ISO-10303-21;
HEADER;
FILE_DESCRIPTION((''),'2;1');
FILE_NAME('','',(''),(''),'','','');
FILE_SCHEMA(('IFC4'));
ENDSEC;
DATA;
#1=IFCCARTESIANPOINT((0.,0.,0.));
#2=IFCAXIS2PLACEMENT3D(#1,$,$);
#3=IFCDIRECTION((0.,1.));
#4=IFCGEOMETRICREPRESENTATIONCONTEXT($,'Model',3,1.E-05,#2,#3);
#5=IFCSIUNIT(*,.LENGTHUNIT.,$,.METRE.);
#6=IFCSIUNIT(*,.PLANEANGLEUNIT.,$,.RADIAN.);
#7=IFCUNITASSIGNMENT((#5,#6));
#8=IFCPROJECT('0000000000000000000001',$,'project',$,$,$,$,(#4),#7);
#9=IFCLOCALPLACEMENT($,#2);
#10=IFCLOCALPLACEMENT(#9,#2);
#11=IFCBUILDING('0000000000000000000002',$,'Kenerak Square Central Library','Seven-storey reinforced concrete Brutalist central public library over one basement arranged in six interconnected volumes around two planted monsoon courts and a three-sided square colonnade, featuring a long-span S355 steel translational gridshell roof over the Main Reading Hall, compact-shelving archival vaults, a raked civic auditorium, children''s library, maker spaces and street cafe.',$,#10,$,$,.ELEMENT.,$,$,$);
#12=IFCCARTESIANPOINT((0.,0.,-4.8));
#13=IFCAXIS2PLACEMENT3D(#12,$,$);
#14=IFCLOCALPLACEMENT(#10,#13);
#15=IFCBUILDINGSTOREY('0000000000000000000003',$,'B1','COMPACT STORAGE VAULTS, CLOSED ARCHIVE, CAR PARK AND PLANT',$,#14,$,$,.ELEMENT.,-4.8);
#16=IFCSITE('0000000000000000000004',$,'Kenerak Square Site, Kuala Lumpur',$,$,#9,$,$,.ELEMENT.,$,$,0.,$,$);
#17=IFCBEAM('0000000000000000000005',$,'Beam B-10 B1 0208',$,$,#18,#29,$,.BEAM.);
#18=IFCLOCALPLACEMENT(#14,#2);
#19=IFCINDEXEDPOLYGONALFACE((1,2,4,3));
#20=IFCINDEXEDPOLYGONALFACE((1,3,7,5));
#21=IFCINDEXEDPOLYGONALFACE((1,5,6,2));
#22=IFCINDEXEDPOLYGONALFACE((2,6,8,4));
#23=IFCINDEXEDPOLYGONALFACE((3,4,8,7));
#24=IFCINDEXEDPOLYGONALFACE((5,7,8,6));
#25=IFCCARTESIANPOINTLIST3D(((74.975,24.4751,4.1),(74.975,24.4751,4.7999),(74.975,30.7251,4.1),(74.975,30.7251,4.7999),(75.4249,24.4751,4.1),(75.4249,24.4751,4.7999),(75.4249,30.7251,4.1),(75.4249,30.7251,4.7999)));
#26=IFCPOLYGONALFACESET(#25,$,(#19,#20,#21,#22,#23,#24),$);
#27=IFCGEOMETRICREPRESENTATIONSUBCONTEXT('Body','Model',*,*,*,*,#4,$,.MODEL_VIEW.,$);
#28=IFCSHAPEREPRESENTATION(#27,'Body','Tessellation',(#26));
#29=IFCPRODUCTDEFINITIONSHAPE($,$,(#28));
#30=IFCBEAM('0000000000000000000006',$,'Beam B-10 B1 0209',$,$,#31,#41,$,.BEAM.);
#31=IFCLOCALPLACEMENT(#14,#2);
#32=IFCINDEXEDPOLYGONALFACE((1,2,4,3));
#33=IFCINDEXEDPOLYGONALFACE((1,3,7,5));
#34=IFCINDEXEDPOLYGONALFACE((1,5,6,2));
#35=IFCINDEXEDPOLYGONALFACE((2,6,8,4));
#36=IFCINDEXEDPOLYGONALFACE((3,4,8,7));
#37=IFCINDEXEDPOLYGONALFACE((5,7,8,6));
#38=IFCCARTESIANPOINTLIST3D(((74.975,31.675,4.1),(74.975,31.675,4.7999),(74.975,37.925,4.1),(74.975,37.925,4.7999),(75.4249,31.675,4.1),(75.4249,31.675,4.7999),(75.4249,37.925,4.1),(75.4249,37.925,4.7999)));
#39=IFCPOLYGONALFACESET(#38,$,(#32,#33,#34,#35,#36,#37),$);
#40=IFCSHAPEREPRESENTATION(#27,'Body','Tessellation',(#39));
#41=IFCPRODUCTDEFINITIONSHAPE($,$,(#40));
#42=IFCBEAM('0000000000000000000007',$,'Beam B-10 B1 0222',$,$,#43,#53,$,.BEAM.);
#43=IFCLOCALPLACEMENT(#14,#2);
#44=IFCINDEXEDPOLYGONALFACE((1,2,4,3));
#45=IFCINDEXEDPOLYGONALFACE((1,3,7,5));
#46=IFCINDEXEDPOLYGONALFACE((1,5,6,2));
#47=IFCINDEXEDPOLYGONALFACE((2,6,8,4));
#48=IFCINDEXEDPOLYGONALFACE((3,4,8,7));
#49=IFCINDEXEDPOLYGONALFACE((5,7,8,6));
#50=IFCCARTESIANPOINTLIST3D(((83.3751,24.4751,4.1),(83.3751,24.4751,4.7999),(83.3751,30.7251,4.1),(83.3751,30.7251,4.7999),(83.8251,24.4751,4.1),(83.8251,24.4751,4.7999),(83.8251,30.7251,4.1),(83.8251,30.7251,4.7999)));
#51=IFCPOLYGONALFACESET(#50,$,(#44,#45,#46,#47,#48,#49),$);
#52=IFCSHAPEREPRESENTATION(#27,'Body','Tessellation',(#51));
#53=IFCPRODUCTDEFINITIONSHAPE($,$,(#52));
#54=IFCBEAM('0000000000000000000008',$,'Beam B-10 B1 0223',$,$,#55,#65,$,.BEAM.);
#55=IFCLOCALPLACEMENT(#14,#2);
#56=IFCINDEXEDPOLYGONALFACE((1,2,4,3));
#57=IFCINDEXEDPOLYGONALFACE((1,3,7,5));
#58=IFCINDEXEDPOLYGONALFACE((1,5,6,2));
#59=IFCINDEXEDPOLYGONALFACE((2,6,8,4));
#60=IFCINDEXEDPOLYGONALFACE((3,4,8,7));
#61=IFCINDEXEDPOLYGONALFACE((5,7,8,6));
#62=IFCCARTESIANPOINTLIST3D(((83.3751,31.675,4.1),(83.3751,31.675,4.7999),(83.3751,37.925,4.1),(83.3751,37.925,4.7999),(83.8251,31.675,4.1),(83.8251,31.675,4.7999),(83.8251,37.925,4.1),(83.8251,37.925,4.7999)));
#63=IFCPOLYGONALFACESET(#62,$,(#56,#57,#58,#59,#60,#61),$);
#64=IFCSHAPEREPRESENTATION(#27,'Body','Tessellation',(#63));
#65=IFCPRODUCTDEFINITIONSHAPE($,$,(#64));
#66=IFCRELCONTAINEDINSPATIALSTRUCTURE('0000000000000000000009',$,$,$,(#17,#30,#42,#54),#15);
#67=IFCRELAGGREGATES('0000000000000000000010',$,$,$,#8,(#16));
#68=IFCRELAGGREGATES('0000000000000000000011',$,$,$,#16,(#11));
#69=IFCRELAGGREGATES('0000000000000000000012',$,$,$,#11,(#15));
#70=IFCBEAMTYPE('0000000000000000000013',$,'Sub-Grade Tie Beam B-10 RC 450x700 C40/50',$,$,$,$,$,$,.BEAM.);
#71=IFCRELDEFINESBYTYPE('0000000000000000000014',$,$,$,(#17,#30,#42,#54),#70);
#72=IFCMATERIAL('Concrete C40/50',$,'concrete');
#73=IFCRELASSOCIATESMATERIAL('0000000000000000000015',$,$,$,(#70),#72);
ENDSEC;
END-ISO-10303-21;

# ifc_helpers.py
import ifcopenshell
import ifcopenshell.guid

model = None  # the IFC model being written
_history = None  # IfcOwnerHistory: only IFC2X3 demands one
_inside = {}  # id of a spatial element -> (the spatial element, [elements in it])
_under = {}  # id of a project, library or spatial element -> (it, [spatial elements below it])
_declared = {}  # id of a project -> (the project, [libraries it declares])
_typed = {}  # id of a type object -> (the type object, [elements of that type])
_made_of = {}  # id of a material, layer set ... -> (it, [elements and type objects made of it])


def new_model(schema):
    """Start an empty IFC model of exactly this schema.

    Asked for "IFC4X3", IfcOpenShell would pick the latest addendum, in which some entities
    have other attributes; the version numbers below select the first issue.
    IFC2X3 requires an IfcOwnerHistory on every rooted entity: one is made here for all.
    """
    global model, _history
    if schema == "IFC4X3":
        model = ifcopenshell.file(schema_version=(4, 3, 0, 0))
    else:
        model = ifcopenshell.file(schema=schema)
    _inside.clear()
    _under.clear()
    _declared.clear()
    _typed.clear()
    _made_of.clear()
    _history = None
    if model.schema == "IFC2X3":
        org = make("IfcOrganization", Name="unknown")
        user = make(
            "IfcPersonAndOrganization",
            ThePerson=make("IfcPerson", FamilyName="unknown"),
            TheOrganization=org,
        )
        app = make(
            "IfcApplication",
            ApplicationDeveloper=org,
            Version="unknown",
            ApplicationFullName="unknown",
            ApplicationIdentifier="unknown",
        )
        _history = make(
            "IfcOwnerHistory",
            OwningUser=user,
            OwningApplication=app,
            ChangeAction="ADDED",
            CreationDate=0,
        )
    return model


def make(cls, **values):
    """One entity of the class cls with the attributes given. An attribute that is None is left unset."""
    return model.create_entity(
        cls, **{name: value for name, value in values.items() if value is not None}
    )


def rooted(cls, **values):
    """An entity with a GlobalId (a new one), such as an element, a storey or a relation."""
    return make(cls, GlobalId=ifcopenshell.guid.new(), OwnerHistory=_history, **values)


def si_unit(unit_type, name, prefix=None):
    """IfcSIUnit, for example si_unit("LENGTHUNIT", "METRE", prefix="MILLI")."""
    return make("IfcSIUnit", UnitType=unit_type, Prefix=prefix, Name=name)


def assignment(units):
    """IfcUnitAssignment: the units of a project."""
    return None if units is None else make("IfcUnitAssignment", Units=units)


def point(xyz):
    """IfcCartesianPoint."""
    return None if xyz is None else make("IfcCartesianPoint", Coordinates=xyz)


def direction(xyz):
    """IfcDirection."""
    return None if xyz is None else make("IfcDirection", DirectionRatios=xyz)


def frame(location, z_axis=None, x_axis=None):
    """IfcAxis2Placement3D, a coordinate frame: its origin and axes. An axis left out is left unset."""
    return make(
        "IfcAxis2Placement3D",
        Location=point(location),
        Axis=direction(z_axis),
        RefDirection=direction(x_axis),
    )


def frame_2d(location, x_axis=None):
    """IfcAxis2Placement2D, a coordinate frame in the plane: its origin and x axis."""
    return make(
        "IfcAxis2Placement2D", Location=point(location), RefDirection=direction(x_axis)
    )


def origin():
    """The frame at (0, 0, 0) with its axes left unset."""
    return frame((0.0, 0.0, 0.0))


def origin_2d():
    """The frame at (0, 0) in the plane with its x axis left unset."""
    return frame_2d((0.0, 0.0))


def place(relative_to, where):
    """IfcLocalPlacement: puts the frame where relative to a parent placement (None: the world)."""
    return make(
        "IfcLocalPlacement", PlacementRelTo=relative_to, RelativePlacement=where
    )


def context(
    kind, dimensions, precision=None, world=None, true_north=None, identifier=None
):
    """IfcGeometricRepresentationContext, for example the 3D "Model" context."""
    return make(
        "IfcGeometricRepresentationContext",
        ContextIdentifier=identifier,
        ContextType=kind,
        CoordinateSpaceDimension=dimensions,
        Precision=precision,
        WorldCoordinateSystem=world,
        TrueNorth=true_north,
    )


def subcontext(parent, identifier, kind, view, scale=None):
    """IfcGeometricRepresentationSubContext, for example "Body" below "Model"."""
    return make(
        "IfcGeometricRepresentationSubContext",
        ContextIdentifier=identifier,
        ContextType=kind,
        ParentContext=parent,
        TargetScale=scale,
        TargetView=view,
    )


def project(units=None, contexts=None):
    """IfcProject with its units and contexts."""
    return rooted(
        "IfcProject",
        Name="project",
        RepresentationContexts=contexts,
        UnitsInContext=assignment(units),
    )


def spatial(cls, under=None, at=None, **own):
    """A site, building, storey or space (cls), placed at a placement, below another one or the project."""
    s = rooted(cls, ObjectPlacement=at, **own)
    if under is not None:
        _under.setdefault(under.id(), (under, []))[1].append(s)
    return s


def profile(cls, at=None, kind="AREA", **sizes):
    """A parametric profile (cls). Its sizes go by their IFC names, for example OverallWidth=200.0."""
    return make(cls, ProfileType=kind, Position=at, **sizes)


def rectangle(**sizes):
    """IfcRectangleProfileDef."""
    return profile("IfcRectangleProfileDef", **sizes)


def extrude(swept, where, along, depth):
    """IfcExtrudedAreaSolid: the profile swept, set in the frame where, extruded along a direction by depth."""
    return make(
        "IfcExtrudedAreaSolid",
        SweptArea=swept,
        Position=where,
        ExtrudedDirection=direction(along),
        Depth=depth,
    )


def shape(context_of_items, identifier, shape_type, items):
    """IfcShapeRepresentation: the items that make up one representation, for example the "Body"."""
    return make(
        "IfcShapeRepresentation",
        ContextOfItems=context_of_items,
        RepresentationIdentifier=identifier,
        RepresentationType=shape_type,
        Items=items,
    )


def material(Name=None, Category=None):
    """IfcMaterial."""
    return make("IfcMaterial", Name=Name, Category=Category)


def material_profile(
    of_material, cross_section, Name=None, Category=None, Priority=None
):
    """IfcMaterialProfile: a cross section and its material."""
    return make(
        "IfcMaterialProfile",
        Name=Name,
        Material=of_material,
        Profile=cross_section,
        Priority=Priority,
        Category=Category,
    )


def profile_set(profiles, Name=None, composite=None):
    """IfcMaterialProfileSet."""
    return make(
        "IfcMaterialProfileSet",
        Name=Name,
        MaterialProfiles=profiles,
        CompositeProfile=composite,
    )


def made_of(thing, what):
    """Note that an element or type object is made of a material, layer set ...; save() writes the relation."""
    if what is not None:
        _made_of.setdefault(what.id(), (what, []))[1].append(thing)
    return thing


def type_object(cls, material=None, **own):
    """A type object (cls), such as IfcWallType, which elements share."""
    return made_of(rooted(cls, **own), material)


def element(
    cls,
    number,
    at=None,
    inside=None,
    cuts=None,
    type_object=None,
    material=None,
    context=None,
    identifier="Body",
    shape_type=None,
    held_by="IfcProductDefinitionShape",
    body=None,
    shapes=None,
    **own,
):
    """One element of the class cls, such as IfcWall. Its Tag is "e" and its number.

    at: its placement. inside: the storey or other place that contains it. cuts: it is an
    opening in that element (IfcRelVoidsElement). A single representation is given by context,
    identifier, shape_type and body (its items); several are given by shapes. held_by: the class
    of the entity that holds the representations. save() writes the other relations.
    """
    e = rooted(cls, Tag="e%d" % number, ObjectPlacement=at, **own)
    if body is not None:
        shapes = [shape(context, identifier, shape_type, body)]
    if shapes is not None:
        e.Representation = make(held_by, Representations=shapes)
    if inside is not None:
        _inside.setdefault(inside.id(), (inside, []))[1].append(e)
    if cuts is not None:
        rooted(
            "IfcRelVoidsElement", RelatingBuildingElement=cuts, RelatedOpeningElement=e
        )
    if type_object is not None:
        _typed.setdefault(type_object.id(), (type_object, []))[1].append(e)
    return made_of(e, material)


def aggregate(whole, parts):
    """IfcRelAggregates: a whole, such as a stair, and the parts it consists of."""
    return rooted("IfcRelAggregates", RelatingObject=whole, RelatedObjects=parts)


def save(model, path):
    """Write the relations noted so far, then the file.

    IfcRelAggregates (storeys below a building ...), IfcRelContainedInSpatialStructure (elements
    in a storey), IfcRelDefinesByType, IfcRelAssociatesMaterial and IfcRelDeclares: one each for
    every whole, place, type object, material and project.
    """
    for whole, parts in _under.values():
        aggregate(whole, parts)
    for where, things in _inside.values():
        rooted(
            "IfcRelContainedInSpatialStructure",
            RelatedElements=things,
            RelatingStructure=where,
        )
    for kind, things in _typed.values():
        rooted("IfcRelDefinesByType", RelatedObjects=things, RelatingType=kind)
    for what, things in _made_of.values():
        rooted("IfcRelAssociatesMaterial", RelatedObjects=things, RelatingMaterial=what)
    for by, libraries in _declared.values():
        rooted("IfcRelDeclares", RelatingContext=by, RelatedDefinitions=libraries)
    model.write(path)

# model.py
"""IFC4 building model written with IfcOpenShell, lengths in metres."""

from ifc_helpers import new_model, si_unit, direction, frame, origin, origin_2d, place, context, subcontext, project, spatial, rectangle, extrude, material, material_profile, profile_set, type_object, element, save


model = new_model("IFC4")

# Units and contexts
model_context = context("Model", 3, precision=1e-05, world=origin(), true_north=direction((0.0, 1.0)))
body_context = subcontext(model_context, "Body", "Model", "MODEL_VIEW")
ifc_project = project(units=[si_unit("LENGTHUNIT", "METRE"), si_unit("PLANEANGLEUNIT", "RADIAN")], contexts=[model_context])

# Site, building, storey
site_placement = place(None, origin())
site = spatial("IfcSite", under=ifc_project, at=site_placement, Name="Kenerak Square Site, Kuala Lumpur", CompositionType="ELEMENT", RefElevation=0.0)
building_placement = place(site_placement, origin())
building = spatial("IfcBuilding", under=site, at=building_placement, Name="Kenerak Square Central Library", Description="Seven-storey reinforced concrete Brutalist central public library over one basement arranged in six interconnected volumes around two planted monsoon courts and a three-sided square colonnade, featuring a long-span S355 steel translational gridshell roof over the Main Reading Hall, compact-shelving archival vaults, a raked civic auditorium, children's library, maker spaces and street cafe.", CompositionType="ELEMENT")
storey_placement = place(building_placement, frame((0.0, 0.0, -4.8)))
storey = spatial("IfcBuildingStorey", under=building, at=storey_placement, Name="B1", Description="COMPACT STORAGE VAULTS, CLOSED ARCHIVE, CAR PARK AND PLANT", CompositionType="ELEMENT", Elevation=-4.8)

# Shared definitions
ifc_material_1 = material(Name="Concrete C40/50", Category="concrete")

# Beams
ifc_material_profile_1 = material_profile(ifc_material_1, rectangle(XDim=0.45, YDim=0.7, at=origin_2d()), Name="RC 450x700")
ifc_profile_set_1 = profile_set([ifc_material_profile_1], Name="Concrete C40/50")
beam_type_1 = type_object("IfcBeamType", Name="Sub-Grade Tie Beam B-10 RC 450x700 C40/50", PredefinedType="BEAM", material=ifc_profile_set_1)
for number, where, z_axis, x_axis, name in (
    (1, (75.2, 24.4751, 4.45), (0.0, 1.0, 0.0), (-1.0, 0.0, 0.0), "Beam B-10 B1 0208"),
    (2, (75.2, 31.675, 4.45), (0.0, 1.0, 0.0), (-1.0, 0.0, 0.0), "Beam B-10 B1 0209"),
    (3, (83.6001, 24.4751, 4.45), (0.0, 1.0, 0.0), (-1.0, 0.0, 0.0), "Beam B-10 B1 0222"),
    (4, (83.6001, 31.675, 4.45), (0.0, 1.0, 0.0), (-1.0, 0.0, 0.0), "Beam B-10 B1 0223"),
):
    element("IfcBeam", number, at=place(storey_placement, frame(where, z_axis=z_axis, x_axis=x_axis)), inside=storey, type_object=beam_type_1, Name=name, PredefinedType="BEAM", context=body_context, shape_type="SweptSolid", body=[
        extrude(rectangle(XDim=0.45, YDim=0.7, at=origin_2d()), origin(), (0.0, 0.0, 1.0), 6.25),
    ])

save(model, "model.ifc")
